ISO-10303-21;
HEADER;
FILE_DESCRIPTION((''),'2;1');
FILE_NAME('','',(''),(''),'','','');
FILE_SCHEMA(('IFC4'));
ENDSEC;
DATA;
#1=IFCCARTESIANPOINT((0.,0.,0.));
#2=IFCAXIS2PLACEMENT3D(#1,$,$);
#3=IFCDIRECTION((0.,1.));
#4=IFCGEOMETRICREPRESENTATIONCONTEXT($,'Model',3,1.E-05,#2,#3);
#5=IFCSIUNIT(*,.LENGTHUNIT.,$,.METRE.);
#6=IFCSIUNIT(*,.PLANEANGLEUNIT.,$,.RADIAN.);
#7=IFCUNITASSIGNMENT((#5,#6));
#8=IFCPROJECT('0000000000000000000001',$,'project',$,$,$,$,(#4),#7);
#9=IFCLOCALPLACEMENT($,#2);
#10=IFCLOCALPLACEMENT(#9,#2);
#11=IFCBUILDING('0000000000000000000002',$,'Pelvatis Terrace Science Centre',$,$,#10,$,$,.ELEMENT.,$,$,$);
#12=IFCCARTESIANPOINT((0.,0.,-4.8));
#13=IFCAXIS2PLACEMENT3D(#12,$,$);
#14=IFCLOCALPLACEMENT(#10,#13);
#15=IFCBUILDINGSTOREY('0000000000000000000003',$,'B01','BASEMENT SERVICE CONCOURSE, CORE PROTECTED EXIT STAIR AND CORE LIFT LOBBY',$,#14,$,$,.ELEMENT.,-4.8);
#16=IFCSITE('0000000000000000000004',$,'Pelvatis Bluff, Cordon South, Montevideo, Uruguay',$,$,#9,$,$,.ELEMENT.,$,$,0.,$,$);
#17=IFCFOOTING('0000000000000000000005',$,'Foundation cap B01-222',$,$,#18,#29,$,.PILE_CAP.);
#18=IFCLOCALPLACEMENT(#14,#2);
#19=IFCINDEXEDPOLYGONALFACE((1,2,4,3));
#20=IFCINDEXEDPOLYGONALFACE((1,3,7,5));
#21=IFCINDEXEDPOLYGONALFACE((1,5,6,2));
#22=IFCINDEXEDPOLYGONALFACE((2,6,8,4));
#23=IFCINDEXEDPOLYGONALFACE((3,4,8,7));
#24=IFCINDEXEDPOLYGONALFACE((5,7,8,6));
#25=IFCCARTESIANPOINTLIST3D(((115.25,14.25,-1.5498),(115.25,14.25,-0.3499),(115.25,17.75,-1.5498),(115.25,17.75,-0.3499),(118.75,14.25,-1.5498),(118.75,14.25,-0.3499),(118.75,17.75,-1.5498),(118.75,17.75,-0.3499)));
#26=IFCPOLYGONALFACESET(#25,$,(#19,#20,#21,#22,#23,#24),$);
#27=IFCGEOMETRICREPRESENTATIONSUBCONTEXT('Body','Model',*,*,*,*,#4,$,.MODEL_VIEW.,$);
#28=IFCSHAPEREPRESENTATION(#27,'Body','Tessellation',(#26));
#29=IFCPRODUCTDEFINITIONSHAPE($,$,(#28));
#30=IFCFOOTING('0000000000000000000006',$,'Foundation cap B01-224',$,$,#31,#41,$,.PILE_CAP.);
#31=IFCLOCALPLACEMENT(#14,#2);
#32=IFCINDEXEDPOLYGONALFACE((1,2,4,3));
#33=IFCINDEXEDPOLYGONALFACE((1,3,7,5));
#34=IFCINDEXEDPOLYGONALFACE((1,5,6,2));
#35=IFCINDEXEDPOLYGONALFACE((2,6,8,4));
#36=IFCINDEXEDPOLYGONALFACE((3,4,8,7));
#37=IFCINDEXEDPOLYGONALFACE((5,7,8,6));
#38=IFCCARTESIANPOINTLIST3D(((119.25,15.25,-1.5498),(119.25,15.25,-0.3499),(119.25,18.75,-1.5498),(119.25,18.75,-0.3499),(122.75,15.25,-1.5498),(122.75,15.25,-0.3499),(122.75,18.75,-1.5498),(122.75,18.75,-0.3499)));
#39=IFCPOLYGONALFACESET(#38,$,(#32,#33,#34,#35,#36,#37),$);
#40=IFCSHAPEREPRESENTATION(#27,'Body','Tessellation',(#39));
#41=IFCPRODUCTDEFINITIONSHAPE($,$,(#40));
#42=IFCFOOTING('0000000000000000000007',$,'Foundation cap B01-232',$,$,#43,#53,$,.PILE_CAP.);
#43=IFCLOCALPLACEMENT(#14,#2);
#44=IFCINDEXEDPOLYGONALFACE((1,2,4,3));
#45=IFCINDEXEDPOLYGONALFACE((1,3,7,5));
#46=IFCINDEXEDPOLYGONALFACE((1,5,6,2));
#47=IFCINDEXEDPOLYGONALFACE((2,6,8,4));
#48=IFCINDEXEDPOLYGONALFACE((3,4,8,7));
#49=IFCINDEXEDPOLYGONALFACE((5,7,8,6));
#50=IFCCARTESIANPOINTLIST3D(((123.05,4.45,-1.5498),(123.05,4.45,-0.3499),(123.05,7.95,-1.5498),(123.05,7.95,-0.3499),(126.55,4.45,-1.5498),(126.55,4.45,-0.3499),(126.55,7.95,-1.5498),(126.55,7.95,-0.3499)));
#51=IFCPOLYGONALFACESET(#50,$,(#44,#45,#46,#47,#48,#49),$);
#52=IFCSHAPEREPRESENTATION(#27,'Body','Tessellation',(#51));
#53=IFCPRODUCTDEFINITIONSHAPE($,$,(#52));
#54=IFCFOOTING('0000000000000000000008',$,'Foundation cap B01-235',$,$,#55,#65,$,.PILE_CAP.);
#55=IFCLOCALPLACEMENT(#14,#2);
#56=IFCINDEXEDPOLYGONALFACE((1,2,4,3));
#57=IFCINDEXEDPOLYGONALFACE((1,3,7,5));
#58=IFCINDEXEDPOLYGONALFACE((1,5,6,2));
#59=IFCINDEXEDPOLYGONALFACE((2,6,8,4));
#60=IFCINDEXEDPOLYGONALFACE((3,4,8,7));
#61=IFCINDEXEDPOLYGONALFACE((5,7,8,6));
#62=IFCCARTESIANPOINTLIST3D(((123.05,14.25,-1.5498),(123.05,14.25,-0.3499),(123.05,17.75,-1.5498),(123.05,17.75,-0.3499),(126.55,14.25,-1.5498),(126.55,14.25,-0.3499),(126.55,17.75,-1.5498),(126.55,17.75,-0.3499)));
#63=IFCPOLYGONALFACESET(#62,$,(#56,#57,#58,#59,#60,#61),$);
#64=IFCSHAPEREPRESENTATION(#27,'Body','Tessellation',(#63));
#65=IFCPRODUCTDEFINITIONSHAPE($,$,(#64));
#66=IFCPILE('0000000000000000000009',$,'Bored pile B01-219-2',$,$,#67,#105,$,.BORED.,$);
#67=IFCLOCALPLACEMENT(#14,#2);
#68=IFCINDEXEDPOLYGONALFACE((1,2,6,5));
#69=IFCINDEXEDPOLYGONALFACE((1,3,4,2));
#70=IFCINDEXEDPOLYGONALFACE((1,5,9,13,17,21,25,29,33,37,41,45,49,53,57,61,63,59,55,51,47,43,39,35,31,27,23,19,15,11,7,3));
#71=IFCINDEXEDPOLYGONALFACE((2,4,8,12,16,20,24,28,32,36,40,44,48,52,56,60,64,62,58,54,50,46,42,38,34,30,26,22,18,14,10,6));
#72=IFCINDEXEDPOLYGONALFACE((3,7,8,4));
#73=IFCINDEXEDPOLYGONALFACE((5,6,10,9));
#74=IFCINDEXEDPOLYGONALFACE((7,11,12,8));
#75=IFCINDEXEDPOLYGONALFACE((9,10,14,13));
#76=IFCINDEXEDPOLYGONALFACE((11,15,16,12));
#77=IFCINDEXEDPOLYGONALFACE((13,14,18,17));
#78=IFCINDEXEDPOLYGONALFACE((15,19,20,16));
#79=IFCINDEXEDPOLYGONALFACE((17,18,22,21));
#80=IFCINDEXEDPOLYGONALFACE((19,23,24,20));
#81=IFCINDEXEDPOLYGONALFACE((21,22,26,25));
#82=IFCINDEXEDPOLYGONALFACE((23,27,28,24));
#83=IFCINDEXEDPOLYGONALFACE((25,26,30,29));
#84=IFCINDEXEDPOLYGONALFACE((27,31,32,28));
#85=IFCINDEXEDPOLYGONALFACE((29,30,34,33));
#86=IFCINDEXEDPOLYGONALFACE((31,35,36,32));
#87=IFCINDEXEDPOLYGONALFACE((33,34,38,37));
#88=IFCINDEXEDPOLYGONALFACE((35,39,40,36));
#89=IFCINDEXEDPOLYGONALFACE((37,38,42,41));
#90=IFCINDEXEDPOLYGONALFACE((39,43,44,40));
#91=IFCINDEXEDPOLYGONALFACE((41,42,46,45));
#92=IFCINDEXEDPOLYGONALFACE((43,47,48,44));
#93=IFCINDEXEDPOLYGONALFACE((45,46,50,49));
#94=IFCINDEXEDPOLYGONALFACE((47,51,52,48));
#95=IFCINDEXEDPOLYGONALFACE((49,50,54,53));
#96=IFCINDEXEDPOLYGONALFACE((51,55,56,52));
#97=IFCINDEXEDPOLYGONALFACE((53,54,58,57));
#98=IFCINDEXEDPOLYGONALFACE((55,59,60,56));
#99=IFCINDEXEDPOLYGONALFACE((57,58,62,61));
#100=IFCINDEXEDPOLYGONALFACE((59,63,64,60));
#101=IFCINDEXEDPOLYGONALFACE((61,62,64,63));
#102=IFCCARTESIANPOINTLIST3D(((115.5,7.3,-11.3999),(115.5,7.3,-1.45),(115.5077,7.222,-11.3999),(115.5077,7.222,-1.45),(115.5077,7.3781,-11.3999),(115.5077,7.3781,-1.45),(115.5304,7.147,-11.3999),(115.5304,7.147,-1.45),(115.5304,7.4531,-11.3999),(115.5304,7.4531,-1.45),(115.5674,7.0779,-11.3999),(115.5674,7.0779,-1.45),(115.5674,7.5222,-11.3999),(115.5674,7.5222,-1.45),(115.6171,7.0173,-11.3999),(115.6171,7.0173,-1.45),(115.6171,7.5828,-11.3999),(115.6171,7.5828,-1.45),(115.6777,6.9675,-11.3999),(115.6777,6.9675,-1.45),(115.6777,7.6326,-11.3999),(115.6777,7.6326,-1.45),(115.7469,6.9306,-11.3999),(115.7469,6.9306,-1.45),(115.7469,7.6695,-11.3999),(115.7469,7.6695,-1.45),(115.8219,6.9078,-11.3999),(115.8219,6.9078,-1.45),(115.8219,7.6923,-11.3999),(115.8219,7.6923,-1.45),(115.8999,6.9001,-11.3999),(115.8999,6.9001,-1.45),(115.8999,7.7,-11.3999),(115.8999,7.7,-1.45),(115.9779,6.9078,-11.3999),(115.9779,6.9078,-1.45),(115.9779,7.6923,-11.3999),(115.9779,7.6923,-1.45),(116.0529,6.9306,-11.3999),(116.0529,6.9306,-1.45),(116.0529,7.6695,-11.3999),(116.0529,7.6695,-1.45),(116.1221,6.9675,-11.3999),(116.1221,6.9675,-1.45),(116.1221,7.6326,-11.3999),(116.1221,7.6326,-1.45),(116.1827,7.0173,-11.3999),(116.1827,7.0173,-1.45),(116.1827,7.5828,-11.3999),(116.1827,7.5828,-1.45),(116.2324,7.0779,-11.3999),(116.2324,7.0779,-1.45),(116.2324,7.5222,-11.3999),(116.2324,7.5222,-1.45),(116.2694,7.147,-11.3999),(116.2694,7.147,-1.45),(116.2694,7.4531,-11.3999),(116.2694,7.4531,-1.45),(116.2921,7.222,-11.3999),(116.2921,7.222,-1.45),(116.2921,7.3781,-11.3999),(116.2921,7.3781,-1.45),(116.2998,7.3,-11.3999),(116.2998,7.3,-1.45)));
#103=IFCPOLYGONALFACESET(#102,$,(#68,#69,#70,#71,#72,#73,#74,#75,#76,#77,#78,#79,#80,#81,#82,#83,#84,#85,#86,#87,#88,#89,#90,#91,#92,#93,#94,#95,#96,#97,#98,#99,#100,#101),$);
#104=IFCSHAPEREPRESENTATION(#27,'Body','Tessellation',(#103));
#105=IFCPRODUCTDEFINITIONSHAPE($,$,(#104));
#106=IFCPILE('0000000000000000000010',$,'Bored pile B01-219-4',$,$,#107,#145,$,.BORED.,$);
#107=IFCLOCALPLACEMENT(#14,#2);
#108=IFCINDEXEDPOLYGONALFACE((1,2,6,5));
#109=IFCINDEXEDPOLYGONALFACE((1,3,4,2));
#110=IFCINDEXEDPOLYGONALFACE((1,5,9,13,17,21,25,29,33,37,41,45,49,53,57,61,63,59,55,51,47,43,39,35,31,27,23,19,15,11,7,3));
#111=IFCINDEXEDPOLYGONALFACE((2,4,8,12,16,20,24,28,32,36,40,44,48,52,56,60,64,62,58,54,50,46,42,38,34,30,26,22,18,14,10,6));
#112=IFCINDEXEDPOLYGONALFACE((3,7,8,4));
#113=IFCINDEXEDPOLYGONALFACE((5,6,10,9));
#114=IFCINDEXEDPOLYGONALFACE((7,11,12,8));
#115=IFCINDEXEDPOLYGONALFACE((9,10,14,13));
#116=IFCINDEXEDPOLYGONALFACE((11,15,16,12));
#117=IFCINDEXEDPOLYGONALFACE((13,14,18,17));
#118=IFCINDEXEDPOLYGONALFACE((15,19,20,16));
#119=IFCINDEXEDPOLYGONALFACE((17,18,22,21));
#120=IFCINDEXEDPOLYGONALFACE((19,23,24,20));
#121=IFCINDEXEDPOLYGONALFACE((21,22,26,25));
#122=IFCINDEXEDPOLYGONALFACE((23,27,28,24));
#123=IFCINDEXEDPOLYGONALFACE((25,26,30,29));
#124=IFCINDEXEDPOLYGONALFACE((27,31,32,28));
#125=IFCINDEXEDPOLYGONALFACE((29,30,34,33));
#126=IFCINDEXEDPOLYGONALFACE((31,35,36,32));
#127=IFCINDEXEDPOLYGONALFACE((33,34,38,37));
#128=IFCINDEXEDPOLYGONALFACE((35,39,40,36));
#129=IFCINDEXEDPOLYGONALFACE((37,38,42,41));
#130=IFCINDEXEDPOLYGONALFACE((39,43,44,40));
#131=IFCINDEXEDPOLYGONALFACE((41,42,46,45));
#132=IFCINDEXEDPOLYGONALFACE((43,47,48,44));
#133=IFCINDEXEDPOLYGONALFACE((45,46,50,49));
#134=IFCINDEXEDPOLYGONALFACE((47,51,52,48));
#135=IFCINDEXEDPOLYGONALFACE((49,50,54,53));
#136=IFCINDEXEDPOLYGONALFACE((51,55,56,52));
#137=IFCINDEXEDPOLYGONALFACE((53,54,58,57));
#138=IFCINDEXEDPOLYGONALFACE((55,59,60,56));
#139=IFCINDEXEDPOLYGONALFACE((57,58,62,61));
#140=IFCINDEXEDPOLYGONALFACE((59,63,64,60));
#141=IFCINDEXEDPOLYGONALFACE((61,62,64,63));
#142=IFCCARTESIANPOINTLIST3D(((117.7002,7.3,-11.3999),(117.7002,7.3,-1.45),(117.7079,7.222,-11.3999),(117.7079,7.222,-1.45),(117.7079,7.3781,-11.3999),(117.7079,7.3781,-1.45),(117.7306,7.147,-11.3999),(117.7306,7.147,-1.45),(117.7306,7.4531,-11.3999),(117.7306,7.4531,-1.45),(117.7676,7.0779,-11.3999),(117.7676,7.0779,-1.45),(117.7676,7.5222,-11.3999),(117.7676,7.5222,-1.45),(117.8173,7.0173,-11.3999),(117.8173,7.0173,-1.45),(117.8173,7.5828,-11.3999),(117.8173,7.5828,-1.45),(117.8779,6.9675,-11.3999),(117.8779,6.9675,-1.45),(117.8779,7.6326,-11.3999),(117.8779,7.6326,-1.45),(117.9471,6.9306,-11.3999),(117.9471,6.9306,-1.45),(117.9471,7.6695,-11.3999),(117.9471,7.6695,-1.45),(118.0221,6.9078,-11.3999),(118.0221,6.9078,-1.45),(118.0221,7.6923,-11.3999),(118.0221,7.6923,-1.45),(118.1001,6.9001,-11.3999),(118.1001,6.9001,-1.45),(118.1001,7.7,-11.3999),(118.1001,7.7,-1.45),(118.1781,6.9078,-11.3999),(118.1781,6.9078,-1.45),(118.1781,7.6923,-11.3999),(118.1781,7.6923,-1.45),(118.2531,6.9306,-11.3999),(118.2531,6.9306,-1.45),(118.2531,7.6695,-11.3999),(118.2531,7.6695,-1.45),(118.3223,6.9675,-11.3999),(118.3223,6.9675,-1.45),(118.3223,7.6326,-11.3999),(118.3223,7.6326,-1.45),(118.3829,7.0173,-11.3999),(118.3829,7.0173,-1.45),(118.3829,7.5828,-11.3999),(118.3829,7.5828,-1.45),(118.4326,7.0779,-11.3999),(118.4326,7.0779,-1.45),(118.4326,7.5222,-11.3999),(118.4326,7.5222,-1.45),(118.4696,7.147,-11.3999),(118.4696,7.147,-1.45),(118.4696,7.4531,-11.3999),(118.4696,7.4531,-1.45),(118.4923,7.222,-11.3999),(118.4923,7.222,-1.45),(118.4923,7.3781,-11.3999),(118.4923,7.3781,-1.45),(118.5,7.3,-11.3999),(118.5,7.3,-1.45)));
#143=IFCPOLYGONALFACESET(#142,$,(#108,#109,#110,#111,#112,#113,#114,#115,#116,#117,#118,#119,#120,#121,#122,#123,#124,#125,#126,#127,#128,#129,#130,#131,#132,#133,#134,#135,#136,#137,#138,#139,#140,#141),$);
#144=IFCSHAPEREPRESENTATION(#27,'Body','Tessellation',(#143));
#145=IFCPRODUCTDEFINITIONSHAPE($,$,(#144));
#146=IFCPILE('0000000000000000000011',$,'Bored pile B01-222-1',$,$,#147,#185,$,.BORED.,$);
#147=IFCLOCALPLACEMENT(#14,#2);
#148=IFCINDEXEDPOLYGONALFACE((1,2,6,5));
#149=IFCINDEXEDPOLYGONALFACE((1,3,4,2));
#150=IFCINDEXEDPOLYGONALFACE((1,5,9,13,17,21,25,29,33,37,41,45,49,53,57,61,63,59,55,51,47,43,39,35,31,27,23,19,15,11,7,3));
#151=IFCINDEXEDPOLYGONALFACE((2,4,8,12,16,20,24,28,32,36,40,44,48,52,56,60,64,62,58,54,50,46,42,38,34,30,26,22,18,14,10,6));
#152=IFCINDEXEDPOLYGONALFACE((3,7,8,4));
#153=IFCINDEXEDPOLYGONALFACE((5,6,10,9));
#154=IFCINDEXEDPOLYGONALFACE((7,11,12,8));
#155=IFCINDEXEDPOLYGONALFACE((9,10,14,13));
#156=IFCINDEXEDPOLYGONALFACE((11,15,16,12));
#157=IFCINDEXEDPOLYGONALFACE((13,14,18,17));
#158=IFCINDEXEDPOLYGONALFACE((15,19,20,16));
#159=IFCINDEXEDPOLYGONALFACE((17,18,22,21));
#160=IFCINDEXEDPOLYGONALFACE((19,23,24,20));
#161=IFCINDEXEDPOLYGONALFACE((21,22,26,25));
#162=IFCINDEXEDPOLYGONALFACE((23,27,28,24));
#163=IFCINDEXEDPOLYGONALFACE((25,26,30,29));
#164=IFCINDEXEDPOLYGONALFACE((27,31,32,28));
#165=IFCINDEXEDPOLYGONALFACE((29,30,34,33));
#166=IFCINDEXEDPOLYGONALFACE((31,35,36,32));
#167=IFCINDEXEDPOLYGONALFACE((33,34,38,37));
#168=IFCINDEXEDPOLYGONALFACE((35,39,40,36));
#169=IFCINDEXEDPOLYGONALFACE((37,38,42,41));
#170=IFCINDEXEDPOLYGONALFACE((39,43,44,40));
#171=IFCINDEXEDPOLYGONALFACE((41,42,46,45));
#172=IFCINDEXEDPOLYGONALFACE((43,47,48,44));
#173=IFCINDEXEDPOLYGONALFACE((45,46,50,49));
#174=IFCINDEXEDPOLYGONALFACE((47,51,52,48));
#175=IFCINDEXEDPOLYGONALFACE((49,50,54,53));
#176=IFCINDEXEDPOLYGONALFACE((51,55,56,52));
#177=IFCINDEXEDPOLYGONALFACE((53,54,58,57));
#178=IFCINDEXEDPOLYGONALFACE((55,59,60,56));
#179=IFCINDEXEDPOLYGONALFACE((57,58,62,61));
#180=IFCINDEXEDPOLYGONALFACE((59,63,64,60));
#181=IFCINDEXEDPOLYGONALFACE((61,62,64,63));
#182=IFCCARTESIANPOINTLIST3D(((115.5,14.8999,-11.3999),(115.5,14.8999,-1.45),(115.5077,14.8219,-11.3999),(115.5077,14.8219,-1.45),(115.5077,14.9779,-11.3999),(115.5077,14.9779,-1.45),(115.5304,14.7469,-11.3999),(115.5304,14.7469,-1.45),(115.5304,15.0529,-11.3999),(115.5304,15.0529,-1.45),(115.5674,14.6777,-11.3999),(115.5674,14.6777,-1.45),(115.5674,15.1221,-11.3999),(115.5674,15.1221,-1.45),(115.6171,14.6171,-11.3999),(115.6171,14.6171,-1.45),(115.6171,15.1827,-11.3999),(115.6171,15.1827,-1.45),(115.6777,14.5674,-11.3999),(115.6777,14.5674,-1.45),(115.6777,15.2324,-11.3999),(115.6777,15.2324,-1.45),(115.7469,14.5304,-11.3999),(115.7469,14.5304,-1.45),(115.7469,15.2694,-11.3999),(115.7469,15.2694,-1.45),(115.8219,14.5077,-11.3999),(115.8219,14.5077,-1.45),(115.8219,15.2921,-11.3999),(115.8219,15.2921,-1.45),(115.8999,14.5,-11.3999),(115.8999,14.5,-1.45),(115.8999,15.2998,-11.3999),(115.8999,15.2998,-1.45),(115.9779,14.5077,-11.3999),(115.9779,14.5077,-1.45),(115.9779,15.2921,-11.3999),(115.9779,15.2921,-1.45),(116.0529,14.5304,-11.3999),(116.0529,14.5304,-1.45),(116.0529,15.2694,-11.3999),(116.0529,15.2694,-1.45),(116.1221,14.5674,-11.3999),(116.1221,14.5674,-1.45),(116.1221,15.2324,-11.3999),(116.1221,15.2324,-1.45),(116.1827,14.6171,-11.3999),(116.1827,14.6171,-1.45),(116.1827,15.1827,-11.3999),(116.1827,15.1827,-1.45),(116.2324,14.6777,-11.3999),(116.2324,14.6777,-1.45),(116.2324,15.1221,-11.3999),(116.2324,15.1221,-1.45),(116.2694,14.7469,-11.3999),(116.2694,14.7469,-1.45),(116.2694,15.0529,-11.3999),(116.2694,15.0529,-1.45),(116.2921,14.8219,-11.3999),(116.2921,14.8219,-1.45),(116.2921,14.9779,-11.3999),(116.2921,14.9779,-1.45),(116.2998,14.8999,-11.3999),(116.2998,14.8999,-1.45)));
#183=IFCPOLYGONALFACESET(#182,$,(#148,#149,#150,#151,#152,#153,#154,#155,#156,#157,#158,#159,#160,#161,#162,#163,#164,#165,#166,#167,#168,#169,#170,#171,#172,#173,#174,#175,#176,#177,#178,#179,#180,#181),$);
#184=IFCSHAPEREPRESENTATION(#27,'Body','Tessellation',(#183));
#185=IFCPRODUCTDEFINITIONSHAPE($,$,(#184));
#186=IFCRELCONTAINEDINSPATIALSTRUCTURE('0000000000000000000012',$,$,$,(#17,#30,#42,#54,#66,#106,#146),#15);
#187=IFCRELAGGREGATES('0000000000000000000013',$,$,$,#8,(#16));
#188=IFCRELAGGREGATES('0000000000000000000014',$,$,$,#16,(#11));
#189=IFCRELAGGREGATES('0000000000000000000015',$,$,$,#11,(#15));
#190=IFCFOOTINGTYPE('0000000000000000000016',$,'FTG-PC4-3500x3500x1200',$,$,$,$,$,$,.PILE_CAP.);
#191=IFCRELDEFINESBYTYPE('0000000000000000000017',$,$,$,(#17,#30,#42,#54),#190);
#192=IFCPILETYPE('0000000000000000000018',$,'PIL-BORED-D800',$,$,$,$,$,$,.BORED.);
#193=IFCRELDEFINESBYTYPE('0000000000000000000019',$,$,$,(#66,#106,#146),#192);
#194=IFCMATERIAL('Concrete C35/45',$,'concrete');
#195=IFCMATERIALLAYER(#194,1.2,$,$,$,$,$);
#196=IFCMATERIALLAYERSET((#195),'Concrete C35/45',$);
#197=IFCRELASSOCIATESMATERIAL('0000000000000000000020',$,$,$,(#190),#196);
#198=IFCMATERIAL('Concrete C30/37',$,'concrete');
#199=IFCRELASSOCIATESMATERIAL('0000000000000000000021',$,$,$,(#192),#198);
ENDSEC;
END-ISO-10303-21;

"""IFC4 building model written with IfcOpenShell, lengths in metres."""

from ifc_helpers import new_model, si_unit, direction, frame, origin, origin_2d, place, context, subcontext, project, spatial, rectangle, circle, extrude, material, layer, layer_set, material_profile, profile_set, type_object, element, save


model = new_model("IFC4")

# Units and contexts
model_context = context("Model", 3, precision=1e-05, world=origin(), true_north=direction((0.0, 1.0)))
body_context = subcontext(model_context, "Body", "Model", "MODEL_VIEW")
ifc_project = project(units=[si_unit("LENGTHUNIT", "METRE"), si_unit("PLANEANGLEUNIT", "RADIAN")], contexts=[model_context])

# Site, building, storey
site_placement = place(None, origin())
site = spatial("IfcSite", under=ifc_project, at=site_placement, Name="Pelvatis Bluff, Cordon South, Montevideo, Uruguay", CompositionType="ELEMENT", RefElevation=0.0)
building_placement = place(site_placement, origin())
building = spatial("IfcBuilding", under=site, at=building_placement, Name="Pelvatis Terrace Science Centre", CompositionType="ELEMENT")
storey_placement = place(building_placement, frame((0.0, 0.0, -4.8)))
storey = spatial("IfcBuildingStorey", under=building, at=storey_placement, Name="B01", Description="BASEMENT SERVICE CONCOURSE, CORE PROTECTED EXIT STAIR AND CORE LIFT LOBBY", CompositionType="ELEMENT", Elevation=-4.8)

# Footings
ifc_material_1 = material(Name="Concrete C35/45", Category="concrete")
ifc_layer = layer(ifc_material_1, 1.2)
ifc_layer_set = layer_set([ifc_layer], Name="Concrete C35/45")
footing_type = type_object("IfcFootingType", Name="FTG-PC4-3500x3500x1200", PredefinedType="PILE_CAP", material=ifc_layer_set)
for number, where, z_axis, x_axis, name in (
    (1, (117.0, 16.0, -1.5498), (0.0, 0.0, 1.0), (1.0, 0.0, 0.0), "Foundation cap B01-222"),
    (2, (121.0, 17.0, -1.5498), (0.0, 0.0, 1.0), (1.0, 0.0, 0.0), "Foundation cap B01-224"),
    (3, (124.8, 6.2, -1.5498), (0.0, 0.0, 1.0), (1.0, 0.0, 0.0), "Foundation cap B01-232"),
    (4, (124.8, 16.0, -1.5498), (0.0, 0.0, 1.0), (1.0, 0.0, 0.0), "Foundation cap B01-235"),
):
    element("IfcFooting", number, at=place(storey_placement, frame(where, z_axis=z_axis, x_axis=x_axis)), inside=storey, type_object=footing_type, Name=name, PredefinedType="PILE_CAP", context=body_context, shape_type="SweptSolid", body=[
        extrude(rectangle(XDim=3.5, YDim=3.5, at=origin_2d()), origin(), (0.0, 0.0, 1.0), 1.2),
    ])

# Piles
ifc_material_2 = material(Name="Concrete C30/37", Category="concrete")
ifc_material_profile_1 = material_profile(ifc_material_2, circle(Radius=0.3999, at=origin_2d()), Name="PILE D800")
ifc_profile_set_1 = profile_set([ifc_material_profile_1], Name="Concrete C30/37")
pile_type = type_object("IfcPileType", Name="PIL-BORED-D800", PredefinedType="BORED", material=ifc_profile_set_1)
for number, where, z_axis, x_axis, name in (
    (5, (115.8999, 7.3, -1.45), (0.0, 0.0, -1.0), (1.0, 0.0, 0.0), "Bored pile B01-219-2"),
    (6, (118.1001, 7.3, -1.45), (0.0, 0.0, -1.0), (1.0, 0.0, 0.0), "Bored pile B01-219-4"),
    (7, (115.8999, 14.8999, -1.45), (0.0, 0.0, -1.0), (1.0, 0.0, 0.0), "Bored pile B01-222-1"),
):
    element("IfcPile", number, at=place(storey_placement, frame(where, z_axis=z_axis, x_axis=x_axis)), inside=storey, type_object=pile_type, Name=name, PredefinedType="BORED", context=body_context, shape_type="SweptSolid", body=[
        extrude(circle(Radius=0.3999, at=origin_2d()), origin(), (0.0, 0.0, 1.0), 9.95),
    ])

save(model, "model.ifc")
